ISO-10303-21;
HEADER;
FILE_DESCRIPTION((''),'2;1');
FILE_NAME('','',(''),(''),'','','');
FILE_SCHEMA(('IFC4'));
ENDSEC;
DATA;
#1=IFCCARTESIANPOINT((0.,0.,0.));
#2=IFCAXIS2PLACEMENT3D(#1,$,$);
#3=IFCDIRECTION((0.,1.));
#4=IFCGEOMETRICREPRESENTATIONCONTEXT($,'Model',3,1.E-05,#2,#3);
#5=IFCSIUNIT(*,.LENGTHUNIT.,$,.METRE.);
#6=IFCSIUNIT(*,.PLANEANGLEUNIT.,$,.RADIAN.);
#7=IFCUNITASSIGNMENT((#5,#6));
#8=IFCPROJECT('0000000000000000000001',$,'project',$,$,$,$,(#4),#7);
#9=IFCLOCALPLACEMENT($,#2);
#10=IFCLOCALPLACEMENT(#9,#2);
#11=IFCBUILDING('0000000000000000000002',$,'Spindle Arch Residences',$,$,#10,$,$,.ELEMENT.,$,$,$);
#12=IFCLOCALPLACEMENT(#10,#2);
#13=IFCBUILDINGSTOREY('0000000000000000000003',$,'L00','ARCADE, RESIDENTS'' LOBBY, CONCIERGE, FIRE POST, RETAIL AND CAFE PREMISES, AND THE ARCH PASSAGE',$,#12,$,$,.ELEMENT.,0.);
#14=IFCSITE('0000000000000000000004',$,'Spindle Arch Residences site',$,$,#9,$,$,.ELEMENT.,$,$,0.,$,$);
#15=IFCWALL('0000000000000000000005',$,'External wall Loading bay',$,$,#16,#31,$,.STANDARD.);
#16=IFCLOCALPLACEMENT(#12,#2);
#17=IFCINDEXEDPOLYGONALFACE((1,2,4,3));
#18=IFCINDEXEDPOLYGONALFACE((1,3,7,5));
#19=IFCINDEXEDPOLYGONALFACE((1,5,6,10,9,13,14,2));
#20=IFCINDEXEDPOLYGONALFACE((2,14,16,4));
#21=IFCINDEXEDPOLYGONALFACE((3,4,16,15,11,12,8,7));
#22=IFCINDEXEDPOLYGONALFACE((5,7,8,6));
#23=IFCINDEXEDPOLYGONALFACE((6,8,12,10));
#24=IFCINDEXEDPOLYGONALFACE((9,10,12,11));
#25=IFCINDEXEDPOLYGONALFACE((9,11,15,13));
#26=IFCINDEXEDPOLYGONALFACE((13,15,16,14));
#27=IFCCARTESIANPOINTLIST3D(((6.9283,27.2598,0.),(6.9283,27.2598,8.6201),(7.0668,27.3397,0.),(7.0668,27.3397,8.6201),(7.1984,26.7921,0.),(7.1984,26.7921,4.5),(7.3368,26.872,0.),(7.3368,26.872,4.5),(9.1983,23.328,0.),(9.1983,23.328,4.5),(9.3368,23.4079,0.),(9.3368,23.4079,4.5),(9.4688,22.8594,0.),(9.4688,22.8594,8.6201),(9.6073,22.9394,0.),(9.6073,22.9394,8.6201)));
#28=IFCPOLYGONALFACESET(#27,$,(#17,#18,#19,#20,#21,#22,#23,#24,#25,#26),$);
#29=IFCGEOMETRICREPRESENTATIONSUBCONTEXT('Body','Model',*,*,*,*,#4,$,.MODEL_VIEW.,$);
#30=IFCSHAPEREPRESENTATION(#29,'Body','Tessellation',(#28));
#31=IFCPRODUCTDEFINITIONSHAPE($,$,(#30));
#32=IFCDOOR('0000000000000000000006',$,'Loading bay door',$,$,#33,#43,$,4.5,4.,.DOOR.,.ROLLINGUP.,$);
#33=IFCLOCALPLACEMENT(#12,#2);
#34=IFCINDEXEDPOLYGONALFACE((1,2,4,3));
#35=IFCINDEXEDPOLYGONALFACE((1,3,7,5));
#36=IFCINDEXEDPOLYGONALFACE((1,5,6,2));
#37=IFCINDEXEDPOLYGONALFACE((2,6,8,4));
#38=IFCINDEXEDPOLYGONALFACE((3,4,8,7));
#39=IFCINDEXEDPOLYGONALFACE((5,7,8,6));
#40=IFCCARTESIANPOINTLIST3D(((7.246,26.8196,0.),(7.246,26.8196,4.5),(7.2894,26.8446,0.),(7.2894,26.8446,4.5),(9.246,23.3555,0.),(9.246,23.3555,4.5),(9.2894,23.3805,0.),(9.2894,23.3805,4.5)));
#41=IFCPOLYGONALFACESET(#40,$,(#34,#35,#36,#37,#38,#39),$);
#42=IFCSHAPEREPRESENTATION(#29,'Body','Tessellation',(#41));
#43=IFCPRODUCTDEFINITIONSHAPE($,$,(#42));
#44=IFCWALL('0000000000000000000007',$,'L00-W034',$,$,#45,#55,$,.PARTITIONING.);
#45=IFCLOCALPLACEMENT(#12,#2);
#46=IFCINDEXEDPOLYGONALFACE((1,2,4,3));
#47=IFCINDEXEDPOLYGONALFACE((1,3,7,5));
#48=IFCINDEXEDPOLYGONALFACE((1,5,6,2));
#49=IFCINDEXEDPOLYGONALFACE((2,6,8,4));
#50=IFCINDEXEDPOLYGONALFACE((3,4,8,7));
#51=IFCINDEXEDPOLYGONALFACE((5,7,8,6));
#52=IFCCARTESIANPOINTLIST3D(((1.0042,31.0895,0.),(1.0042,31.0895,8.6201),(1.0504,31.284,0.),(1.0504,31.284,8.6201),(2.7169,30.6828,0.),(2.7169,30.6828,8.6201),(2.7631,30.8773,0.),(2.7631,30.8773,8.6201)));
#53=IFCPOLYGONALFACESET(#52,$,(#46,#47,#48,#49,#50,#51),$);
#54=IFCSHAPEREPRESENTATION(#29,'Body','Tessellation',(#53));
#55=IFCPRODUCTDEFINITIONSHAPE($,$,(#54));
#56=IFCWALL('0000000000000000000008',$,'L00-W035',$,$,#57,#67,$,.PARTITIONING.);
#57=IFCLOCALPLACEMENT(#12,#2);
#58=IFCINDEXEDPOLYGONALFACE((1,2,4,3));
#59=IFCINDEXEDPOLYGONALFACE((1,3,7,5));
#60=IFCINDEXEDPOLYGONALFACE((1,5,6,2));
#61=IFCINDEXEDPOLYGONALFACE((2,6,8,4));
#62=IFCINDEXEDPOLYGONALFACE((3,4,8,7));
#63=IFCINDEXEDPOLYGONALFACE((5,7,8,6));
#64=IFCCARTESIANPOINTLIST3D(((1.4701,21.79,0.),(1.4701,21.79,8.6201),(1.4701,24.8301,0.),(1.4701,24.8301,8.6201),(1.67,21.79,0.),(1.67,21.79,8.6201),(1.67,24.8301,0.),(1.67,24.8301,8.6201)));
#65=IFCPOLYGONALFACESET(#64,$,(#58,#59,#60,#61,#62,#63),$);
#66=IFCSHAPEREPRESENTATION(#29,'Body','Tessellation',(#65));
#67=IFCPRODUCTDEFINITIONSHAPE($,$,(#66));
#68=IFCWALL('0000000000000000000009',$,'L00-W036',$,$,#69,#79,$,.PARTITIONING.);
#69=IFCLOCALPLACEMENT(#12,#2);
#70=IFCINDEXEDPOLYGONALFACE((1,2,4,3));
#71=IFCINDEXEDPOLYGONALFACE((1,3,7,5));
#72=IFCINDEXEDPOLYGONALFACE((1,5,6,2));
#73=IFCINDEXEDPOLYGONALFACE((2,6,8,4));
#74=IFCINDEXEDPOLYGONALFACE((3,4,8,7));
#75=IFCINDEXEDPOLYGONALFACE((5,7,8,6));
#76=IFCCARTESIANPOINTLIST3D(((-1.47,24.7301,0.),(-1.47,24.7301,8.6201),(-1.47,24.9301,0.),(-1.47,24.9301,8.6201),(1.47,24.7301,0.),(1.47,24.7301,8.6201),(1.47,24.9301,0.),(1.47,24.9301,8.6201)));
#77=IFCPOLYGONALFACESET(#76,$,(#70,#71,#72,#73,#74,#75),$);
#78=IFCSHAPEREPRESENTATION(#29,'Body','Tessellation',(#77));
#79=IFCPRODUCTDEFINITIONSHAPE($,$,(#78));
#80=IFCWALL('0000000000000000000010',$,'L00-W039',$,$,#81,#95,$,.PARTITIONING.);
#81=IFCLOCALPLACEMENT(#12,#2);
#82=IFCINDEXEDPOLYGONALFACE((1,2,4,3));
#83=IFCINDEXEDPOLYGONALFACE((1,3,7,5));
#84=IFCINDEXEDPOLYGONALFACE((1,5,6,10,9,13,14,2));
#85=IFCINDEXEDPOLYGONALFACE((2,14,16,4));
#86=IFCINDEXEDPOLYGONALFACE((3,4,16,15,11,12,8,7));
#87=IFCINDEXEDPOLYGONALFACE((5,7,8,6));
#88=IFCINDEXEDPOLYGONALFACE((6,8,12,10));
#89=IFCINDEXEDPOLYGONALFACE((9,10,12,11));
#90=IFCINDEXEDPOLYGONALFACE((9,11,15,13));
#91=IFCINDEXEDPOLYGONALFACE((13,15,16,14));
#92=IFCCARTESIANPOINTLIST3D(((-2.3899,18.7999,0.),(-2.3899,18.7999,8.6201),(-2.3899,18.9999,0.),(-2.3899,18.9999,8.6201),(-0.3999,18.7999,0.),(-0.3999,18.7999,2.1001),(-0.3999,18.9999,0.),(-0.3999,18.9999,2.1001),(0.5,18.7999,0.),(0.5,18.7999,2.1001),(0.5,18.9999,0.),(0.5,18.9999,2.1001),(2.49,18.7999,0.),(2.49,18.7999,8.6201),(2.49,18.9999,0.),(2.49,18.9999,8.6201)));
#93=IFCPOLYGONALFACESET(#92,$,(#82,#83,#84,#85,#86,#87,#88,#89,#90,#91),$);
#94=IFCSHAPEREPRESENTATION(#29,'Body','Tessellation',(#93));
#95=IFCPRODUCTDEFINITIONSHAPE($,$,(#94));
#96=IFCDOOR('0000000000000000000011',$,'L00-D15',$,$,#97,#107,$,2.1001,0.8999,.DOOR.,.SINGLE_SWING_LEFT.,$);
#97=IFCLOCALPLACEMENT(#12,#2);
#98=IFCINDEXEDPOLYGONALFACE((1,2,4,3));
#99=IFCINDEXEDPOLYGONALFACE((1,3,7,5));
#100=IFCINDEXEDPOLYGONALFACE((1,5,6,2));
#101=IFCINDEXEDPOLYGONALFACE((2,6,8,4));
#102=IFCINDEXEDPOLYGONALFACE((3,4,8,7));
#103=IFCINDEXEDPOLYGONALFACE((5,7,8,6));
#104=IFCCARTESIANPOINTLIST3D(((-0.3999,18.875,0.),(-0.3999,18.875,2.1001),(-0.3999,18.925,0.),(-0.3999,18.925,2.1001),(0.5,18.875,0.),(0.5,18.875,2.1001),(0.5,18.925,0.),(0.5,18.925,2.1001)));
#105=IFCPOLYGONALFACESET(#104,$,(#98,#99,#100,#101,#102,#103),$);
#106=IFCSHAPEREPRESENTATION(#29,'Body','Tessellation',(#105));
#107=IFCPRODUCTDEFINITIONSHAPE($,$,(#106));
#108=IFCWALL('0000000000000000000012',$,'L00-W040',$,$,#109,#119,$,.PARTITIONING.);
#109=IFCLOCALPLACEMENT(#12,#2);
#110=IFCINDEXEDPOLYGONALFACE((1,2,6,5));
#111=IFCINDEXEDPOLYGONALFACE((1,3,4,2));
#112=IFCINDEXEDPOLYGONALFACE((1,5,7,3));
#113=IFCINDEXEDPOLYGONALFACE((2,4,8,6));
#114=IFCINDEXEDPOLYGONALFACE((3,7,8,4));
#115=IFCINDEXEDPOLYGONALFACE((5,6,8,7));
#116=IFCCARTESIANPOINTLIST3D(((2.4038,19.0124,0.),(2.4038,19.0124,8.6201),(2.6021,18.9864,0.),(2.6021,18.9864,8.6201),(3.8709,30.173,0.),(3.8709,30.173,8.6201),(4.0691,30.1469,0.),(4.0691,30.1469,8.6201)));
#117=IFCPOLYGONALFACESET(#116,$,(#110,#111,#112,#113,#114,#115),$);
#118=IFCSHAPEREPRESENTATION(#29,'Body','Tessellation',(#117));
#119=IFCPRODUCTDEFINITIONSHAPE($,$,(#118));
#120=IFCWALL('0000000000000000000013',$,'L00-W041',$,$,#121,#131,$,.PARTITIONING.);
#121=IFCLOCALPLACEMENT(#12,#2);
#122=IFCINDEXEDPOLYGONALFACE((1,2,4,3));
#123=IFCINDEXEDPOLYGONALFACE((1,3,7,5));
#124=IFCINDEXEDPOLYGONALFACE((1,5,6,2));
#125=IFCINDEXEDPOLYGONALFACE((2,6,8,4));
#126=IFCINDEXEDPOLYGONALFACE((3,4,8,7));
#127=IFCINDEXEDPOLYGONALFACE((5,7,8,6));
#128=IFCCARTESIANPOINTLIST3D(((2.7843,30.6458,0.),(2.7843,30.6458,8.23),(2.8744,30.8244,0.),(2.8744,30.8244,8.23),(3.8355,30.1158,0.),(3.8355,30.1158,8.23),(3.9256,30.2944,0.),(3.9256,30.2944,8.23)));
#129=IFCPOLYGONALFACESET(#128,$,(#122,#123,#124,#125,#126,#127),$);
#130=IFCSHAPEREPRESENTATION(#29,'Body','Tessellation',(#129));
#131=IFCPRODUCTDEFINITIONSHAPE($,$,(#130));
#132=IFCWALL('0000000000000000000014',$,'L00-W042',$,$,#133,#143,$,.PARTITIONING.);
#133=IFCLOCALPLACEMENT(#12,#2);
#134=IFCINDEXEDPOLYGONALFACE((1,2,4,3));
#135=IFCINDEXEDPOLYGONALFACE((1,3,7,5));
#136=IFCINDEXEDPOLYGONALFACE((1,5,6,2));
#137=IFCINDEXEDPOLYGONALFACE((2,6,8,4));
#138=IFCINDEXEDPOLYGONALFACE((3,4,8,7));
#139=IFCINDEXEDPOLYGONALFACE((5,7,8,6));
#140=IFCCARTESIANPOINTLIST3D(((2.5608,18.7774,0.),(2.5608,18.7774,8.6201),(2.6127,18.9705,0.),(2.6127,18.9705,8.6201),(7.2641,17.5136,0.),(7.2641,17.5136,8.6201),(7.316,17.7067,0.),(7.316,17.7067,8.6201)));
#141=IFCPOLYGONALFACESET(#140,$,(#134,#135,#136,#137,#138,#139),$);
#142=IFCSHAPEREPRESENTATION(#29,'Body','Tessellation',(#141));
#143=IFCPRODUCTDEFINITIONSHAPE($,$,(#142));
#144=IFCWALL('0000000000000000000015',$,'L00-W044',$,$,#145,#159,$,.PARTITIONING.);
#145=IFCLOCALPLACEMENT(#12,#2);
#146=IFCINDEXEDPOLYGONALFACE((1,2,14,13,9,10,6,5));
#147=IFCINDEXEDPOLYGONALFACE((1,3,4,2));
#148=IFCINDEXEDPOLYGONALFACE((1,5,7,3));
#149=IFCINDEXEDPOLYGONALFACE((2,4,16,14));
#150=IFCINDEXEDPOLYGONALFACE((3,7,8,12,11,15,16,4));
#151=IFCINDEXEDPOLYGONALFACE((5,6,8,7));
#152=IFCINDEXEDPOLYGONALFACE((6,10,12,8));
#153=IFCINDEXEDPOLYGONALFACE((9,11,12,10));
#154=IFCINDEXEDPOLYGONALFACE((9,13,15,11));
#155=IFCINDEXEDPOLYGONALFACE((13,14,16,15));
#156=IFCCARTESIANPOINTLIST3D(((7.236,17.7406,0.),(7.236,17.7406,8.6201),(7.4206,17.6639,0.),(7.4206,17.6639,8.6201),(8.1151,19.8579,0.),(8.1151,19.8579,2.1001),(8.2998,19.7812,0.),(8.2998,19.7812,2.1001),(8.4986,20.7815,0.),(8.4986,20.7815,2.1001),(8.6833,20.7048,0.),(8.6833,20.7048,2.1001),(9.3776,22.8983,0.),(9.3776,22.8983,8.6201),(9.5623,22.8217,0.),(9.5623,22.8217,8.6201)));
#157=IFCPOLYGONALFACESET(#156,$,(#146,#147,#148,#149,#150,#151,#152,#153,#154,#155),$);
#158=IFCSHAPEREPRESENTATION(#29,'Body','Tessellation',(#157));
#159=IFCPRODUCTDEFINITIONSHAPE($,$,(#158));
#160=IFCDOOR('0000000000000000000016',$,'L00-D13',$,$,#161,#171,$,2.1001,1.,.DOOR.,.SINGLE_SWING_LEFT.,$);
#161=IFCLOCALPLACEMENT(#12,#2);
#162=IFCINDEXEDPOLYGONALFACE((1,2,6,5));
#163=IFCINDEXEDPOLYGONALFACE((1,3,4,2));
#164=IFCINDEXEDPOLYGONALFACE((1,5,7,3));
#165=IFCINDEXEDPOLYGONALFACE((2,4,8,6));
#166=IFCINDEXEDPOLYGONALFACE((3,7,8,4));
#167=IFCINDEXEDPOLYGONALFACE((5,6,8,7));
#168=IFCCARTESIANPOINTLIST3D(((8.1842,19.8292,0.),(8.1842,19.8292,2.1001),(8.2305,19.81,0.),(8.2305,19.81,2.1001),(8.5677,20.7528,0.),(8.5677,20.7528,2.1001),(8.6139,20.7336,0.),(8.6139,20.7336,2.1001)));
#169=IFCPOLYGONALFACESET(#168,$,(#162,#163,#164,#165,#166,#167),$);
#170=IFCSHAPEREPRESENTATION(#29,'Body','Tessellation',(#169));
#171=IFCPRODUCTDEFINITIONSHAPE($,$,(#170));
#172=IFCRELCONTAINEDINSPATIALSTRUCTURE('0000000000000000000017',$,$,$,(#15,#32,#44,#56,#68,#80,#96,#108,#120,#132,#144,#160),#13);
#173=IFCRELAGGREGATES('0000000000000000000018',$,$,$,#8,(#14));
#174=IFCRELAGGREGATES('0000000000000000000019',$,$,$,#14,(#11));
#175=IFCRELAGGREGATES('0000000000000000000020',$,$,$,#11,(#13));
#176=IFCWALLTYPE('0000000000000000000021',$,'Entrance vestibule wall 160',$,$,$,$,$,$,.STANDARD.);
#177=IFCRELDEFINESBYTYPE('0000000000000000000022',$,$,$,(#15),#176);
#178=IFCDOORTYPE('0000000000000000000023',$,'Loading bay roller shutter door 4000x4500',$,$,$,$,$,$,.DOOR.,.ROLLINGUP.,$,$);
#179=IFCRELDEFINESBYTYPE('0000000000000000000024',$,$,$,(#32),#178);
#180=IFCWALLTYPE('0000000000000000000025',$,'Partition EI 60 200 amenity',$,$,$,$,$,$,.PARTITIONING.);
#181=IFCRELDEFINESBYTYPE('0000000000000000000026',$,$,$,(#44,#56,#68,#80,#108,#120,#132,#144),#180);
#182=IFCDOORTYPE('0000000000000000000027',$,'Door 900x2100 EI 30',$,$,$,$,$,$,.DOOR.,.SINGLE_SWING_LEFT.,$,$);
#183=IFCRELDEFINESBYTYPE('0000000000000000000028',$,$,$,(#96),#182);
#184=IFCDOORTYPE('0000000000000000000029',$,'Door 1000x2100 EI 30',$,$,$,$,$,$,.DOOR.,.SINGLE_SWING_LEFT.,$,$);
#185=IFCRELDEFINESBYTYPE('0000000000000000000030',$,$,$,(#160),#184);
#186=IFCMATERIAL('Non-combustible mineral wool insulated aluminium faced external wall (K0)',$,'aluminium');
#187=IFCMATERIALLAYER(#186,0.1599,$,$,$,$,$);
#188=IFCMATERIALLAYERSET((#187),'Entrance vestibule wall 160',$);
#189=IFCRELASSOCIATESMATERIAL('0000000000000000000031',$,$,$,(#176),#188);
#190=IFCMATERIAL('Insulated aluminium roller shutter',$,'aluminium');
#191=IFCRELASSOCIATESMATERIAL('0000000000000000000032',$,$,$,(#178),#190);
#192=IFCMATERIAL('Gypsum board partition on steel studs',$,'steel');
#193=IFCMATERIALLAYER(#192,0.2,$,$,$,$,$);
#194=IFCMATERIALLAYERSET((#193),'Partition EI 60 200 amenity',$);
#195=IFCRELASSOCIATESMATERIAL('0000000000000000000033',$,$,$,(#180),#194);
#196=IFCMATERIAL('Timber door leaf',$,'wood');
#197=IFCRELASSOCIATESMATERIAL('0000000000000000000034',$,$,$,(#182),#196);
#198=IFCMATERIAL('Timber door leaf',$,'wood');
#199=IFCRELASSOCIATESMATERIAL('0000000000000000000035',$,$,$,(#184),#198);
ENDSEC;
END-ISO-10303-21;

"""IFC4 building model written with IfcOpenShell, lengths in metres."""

from ifc_helpers import new_model, si_unit, direction, frame, frame_2d, origin, place, context, subcontext, project, spatial, rectangle, extrude, material, layer, layer_set, type_object, element, fill, save


model = new_model("IFC4")

# Units and contexts
model_context = context("Model", 3, precision=1e-05, world=origin(), true_north=direction((0.0, 1.0)))
body_context = subcontext(model_context, "Body", "Model", "MODEL_VIEW")
ifc_project = project(units=[si_unit("LENGTHUNIT", "METRE"), si_unit("PLANEANGLEUNIT", "RADIAN")], contexts=[model_context])

# Site, building, storey
site_placement = place(None, origin())
site = spatial("IfcSite", under=ifc_project, at=site_placement, Name="Spindle Arch Residences site", CompositionType="ELEMENT", RefElevation=0.0)
building_placement = place(site_placement, origin())
building = spatial("IfcBuilding", under=site, at=building_placement, Name="Spindle Arch Residences", CompositionType="ELEMENT")
storey_placement = place(building_placement, origin())
storey = spatial("IfcBuildingStorey", under=building, at=storey_placement, Name="L00", Description="ARCADE, RESIDENTS' LOBBY, CONCIERGE, FIRE POST, RETAIL AND CAFE PREMISES, AND THE ARCH PASSAGE", CompositionType="ELEMENT", Elevation=0.0)

# Wall, opening, door
ifc_material_1 = material(Name="Non-combustible mineral wool insulated aluminium faced external wall (K0)", Category="aluminium")
ifc_layer_1 = layer(ifc_material_1, 0.1599)
ifc_layer_set_1 = layer_set([ifc_layer_1], Name="Entrance vestibule wall 160")
wall_type_1 = type_object("IfcWallType", Name="Entrance vestibule wall 160", PredefinedType="STANDARD", material=ifc_layer_set_1)
wall_1_placement = place(storey_placement, frame((9.5381, 22.8994, 0.0), z_axis=(0.0, 0.0, 1.0), x_axis=(-0.499994, 0.866029, 0.0)))
wall_1 = element("IfcWall", 1, at=wall_1_placement, inside=storey, type_object=wall_type_1, Name="External wall Loading bay", PredefinedType="STANDARD", context=body_context, shape_type="SweptSolid", body=[
    extrude(rectangle(XDim=5.0811, YDim=0.1599, at=frame_2d((2.5405, 0.0))), origin(), (0.0, 0.0, 1.0), 8.6201),
])
opening_1_placement = place(wall_1_placement, frame((0.541, 0.0, 0.0)))
opening_1 = element("IfcOpeningElement", 2, at=opening_1_placement, cuts=wall_1, PredefinedType="OPENING", context=body_context, shape_type="SweptSolid", body=[
    extrude(rectangle(XDim=4.0, YDim=4.5, at=frame_2d((2.0, 2.25))), frame((0.0, 0.0898, 0.0), z_axis=(0.0, -1.0, 0.0), x_axis=(1.0, 0.0, 0.0)), (0.0, 0.0, 1.0), 0.1799),
])
ifc_material_2 = material(Name="Insulated aluminium roller shutter", Category="aluminium")
door_type_1 = type_object("IfcDoorType", Name="Loading bay roller shutter door 4000x4500", OperationType="ROLLINGUP", PredefinedType="DOOR", material=ifc_material_2)
door_1_placement = place(opening_1_placement, origin())
door_1 = element("IfcDoor", 3, at=door_1_placement, inside=storey, type_object=door_type_1, Name="Loading bay door", OperationType="ROLLINGUP", OverallHeight=4.5, OverallWidth=4.0, PredefinedType="DOOR", context=body_context, shape_type="SweptSolid", body=[
    extrude(rectangle(XDim=4.0, YDim=4.5, at=frame_2d((2.0, 2.25))), frame((0.0, 0.0249, 0.0), z_axis=(0.0, -1.0, 0.0), x_axis=(1.0, 0.0, 0.0)), (0.0, 0.0, 1.0), 0.05),
])
fill(opening_1, door_1)

# Walls
ifc_material_3 = material(Name="Gypsum board partition on steel studs", Category="steel")
ifc_layer_2 = layer(ifc_material_3, 0.2)
ifc_layer_set_2 = layer_set([ifc_layer_2], Name="Partition EI 60 200 amenity")
wall_type_2 = type_object("IfcWallType", Name="Partition EI 60 200 amenity", PredefinedType="PARTITIONING", material=ifc_layer_set_2)
wall_2_placement = place(storey_placement, frame((1.0273, 31.1868, 0.0), z_axis=(0.0, 0.0, 1.0), x_axis=(0.972938, -0.231064, 0.0)))
element("IfcWall", 4, at=wall_2_placement, inside=storey, type_object=wall_type_2, Name="L00-W034", PredefinedType="PARTITIONING", context=body_context, shape_type="SweptSolid", body=[
    extrude(rectangle(XDim=1.7603, YDim=0.2, at=frame_2d((0.8801, 0.0))), origin(), (0.0, 0.0, 1.0), 8.6201),
])
wall_3_placement = place(storey_placement, frame((1.5701, 21.79, 0.0), z_axis=(0.0, 0.0, 1.0), x_axis=(0.0, 1.0, 0.0)))
element("IfcWall", 5, at=wall_3_placement, inside=storey, type_object=wall_type_2, Name="L00-W035", PredefinedType="PARTITIONING", context=body_context, shape_type="SweptSolid", body=[
    extrude(rectangle(XDim=3.04, YDim=0.2, at=frame_2d((1.52, 0.0))), origin(), (0.0, 0.0, 1.0), 8.6201),
])
wall_4_placement = place(storey_placement, frame((1.47, 24.8301, 0.0), z_axis=(0.0, 0.0, 1.0), x_axis=(-1.0, 0.0, 0.0)))
element("IfcWall", 6, at=wall_4_placement, inside=storey, type_object=wall_type_2, Name="L00-W036", PredefinedType="PARTITIONING", context=body_context, shape_type="SweptSolid", body=[
    extrude(rectangle(XDim=2.9399, YDim=0.2, at=frame_2d((1.47, 0.0))), origin(), (0.0, 0.0, 1.0), 8.6201),
])

# Wall, opening, door
wall_5_placement = place(storey_placement, frame((2.49, 18.8999, 0.0), z_axis=(0.0, 0.0, 1.0), x_axis=(-1.0, 0.0, 0.0)))
wall_5 = element("IfcWall", 7, at=wall_5_placement, inside=storey, type_object=wall_type_2, Name="L00-W039", PredefinedType="PARTITIONING", context=body_context, shape_type="SweptSolid", body=[
    extrude(rectangle(XDim=4.8799, YDim=0.2, at=frame_2d((2.4399, 0.0))), origin(), (0.0, 0.0, 1.0), 8.6201),
])
opening_2_placement = place(wall_5_placement, frame((1.99, 0.0, 0.0)))
opening_2 = element("IfcOpeningElement", 8, at=opening_2_placement, cuts=wall_5, PredefinedType="OPENING", context=body_context, shape_type="SweptSolid", body=[
    extrude(rectangle(XDim=0.8999, YDim=2.1001, at=frame_2d((0.45, 1.05))), frame((0.0, 0.1099, 0.0), z_axis=(0.0, -1.0, 0.0), x_axis=(1.0, 0.0, 0.0)), (0.0, 0.0, 1.0), 0.22),
])
ifc_material_4 = material(Name="Timber door leaf", Category="wood")
door_type_2 = type_object("IfcDoorType", Name="Door 900x2100 EI 30", OperationType="SINGLE_SWING_LEFT", PredefinedType="DOOR", material=ifc_material_4)
door_2_placement = place(opening_2_placement, origin())
door_2 = element("IfcDoor", 9, at=door_2_placement, inside=storey, type_object=door_type_2, Name="L00-D15", OperationType="SINGLE_SWING_LEFT", OverallHeight=2.1001, OverallWidth=0.8999, PredefinedType="DOOR", context=body_context, shape_type="SweptSolid", body=[
    extrude(rectangle(XDim=0.8999, YDim=2.1001, at=frame_2d((0.45, 1.05))), frame((0.0, 0.0249, 0.0), z_axis=(0.0, -1.0, 0.0), x_axis=(1.0, 0.0, 0.0)), (0.0, 0.0, 1.0), 0.05),
])
fill(opening_2, door_2)

# Walls
wall_6_placement = place(storey_placement, frame((2.5029, 18.9993, 0.0), z_axis=(0.0, 0.0, 1.0), x_axis=(0.130327, 0.991471, 0.0)))
element("IfcWall", 10, at=wall_6_placement, inside=storey, type_object=wall_type_2, Name="L00-W040", PredefinedType="PARTITIONING", context=body_context, shape_type="SweptSolid", body=[
    extrude(rectangle(XDim=11.2566, YDim=0.2, at=frame_2d((5.6284, 0.0))), origin(), (0.0, 0.0, 1.0), 8.6201),
])
wall_7_placement = place(storey_placement, frame((2.8293, 30.7351, 0.0), z_axis=(0.0, 0.0, 1.0), x_axis=(0.892929, -0.450197, 0.0)))
element("IfcWall", 11, at=wall_7_placement, inside=storey, type_object=wall_type_2, Name="L00-W041", PredefinedType="PARTITIONING", context=body_context, shape_type="SweptSolid", body=[
    extrude(rectangle(XDim=1.1772, YDim=0.2, at=frame_2d((0.5886, 0.0))), origin(), (0.0, 0.0, 1.0), 8.23),
])
wall_8_placement = place(storey_placement, frame((7.29, 17.6101, 0.0), z_axis=(0.0, 0.0, 1.0), x_axis=(-0.965738, 0.259519, 0.0)))
element("IfcWall", 12, at=wall_8_placement, inside=storey, type_object=wall_type_2, Name="L00-W042", PredefinedType="PARTITIONING", context=body_context, shape_type="SweptSolid", body=[
    extrude(rectangle(XDim=4.8701, YDim=0.2, at=frame_2d((2.4351, 0.0))), origin(), (0.0, 0.0, 1.0), 8.6201),
])

# Wall, opening, door
wall_9_placement = place(storey_placement, frame((9.47, 22.8601, 0.0), z_axis=(0.0, 0.0, 1.0), x_axis=(-0.383479, -0.92355, 0.0)))
wall_9 = element("IfcWall", 13, at=wall_9_placement, inside=storey, type_object=wall_type_2, Name="L00-W044", PredefinedType="PARTITIONING", context=body_context, shape_type="SweptSolid", body=[
    extrude(rectangle(XDim=5.5847, YDim=0.2, at=frame_2d((2.7925, 0.0))), origin(), (0.0, 0.0, 1.0), 8.6201),
])
opening_3_placement = place(wall_9_placement, frame((2.2922, 0.0, 0.0)))
opening_3 = element("IfcOpeningElement", 14, at=opening_3_placement, cuts=wall_9, PredefinedType="OPENING", context=body_context, shape_type="SweptSolid", body=[
    extrude(rectangle(XDim=1.0, YDim=2.1001, at=frame_2d((0.5, 1.05))), frame((0.0, 0.1099, 0.0), z_axis=(0.0, -1.0, 0.0), x_axis=(1.0, 0.0, 0.0)), (0.0, 0.0, 1.0), 0.22),
])
ifc_material_5 = material(Name="Timber door leaf", Category="wood")
door_type_3 = type_object("IfcDoorType", Name="Door 1000x2100 EI 30", OperationType="SINGLE_SWING_LEFT", PredefinedType="DOOR", material=ifc_material_5)
door_3_placement = place(opening_3_placement, origin())
door_3 = element("IfcDoor", 15, at=door_3_placement, inside=storey, type_object=door_type_3, Name="L00-D13", OperationType="SINGLE_SWING_LEFT", OverallHeight=2.1001, OverallWidth=1.0, PredefinedType="DOOR", context=body_context, shape_type="SweptSolid", body=[
    extrude(rectangle(XDim=1.0, YDim=2.1001, at=frame_2d((0.5, 1.05))), frame((0.0, 0.0249, 0.0), z_axis=(0.0, -1.0, 0.0), x_axis=(1.0, 0.0, 0.0)), (0.0, 0.0, 1.0), 0.05),
])
fill(opening_3, door_3)

save(model, "model.ifc")
